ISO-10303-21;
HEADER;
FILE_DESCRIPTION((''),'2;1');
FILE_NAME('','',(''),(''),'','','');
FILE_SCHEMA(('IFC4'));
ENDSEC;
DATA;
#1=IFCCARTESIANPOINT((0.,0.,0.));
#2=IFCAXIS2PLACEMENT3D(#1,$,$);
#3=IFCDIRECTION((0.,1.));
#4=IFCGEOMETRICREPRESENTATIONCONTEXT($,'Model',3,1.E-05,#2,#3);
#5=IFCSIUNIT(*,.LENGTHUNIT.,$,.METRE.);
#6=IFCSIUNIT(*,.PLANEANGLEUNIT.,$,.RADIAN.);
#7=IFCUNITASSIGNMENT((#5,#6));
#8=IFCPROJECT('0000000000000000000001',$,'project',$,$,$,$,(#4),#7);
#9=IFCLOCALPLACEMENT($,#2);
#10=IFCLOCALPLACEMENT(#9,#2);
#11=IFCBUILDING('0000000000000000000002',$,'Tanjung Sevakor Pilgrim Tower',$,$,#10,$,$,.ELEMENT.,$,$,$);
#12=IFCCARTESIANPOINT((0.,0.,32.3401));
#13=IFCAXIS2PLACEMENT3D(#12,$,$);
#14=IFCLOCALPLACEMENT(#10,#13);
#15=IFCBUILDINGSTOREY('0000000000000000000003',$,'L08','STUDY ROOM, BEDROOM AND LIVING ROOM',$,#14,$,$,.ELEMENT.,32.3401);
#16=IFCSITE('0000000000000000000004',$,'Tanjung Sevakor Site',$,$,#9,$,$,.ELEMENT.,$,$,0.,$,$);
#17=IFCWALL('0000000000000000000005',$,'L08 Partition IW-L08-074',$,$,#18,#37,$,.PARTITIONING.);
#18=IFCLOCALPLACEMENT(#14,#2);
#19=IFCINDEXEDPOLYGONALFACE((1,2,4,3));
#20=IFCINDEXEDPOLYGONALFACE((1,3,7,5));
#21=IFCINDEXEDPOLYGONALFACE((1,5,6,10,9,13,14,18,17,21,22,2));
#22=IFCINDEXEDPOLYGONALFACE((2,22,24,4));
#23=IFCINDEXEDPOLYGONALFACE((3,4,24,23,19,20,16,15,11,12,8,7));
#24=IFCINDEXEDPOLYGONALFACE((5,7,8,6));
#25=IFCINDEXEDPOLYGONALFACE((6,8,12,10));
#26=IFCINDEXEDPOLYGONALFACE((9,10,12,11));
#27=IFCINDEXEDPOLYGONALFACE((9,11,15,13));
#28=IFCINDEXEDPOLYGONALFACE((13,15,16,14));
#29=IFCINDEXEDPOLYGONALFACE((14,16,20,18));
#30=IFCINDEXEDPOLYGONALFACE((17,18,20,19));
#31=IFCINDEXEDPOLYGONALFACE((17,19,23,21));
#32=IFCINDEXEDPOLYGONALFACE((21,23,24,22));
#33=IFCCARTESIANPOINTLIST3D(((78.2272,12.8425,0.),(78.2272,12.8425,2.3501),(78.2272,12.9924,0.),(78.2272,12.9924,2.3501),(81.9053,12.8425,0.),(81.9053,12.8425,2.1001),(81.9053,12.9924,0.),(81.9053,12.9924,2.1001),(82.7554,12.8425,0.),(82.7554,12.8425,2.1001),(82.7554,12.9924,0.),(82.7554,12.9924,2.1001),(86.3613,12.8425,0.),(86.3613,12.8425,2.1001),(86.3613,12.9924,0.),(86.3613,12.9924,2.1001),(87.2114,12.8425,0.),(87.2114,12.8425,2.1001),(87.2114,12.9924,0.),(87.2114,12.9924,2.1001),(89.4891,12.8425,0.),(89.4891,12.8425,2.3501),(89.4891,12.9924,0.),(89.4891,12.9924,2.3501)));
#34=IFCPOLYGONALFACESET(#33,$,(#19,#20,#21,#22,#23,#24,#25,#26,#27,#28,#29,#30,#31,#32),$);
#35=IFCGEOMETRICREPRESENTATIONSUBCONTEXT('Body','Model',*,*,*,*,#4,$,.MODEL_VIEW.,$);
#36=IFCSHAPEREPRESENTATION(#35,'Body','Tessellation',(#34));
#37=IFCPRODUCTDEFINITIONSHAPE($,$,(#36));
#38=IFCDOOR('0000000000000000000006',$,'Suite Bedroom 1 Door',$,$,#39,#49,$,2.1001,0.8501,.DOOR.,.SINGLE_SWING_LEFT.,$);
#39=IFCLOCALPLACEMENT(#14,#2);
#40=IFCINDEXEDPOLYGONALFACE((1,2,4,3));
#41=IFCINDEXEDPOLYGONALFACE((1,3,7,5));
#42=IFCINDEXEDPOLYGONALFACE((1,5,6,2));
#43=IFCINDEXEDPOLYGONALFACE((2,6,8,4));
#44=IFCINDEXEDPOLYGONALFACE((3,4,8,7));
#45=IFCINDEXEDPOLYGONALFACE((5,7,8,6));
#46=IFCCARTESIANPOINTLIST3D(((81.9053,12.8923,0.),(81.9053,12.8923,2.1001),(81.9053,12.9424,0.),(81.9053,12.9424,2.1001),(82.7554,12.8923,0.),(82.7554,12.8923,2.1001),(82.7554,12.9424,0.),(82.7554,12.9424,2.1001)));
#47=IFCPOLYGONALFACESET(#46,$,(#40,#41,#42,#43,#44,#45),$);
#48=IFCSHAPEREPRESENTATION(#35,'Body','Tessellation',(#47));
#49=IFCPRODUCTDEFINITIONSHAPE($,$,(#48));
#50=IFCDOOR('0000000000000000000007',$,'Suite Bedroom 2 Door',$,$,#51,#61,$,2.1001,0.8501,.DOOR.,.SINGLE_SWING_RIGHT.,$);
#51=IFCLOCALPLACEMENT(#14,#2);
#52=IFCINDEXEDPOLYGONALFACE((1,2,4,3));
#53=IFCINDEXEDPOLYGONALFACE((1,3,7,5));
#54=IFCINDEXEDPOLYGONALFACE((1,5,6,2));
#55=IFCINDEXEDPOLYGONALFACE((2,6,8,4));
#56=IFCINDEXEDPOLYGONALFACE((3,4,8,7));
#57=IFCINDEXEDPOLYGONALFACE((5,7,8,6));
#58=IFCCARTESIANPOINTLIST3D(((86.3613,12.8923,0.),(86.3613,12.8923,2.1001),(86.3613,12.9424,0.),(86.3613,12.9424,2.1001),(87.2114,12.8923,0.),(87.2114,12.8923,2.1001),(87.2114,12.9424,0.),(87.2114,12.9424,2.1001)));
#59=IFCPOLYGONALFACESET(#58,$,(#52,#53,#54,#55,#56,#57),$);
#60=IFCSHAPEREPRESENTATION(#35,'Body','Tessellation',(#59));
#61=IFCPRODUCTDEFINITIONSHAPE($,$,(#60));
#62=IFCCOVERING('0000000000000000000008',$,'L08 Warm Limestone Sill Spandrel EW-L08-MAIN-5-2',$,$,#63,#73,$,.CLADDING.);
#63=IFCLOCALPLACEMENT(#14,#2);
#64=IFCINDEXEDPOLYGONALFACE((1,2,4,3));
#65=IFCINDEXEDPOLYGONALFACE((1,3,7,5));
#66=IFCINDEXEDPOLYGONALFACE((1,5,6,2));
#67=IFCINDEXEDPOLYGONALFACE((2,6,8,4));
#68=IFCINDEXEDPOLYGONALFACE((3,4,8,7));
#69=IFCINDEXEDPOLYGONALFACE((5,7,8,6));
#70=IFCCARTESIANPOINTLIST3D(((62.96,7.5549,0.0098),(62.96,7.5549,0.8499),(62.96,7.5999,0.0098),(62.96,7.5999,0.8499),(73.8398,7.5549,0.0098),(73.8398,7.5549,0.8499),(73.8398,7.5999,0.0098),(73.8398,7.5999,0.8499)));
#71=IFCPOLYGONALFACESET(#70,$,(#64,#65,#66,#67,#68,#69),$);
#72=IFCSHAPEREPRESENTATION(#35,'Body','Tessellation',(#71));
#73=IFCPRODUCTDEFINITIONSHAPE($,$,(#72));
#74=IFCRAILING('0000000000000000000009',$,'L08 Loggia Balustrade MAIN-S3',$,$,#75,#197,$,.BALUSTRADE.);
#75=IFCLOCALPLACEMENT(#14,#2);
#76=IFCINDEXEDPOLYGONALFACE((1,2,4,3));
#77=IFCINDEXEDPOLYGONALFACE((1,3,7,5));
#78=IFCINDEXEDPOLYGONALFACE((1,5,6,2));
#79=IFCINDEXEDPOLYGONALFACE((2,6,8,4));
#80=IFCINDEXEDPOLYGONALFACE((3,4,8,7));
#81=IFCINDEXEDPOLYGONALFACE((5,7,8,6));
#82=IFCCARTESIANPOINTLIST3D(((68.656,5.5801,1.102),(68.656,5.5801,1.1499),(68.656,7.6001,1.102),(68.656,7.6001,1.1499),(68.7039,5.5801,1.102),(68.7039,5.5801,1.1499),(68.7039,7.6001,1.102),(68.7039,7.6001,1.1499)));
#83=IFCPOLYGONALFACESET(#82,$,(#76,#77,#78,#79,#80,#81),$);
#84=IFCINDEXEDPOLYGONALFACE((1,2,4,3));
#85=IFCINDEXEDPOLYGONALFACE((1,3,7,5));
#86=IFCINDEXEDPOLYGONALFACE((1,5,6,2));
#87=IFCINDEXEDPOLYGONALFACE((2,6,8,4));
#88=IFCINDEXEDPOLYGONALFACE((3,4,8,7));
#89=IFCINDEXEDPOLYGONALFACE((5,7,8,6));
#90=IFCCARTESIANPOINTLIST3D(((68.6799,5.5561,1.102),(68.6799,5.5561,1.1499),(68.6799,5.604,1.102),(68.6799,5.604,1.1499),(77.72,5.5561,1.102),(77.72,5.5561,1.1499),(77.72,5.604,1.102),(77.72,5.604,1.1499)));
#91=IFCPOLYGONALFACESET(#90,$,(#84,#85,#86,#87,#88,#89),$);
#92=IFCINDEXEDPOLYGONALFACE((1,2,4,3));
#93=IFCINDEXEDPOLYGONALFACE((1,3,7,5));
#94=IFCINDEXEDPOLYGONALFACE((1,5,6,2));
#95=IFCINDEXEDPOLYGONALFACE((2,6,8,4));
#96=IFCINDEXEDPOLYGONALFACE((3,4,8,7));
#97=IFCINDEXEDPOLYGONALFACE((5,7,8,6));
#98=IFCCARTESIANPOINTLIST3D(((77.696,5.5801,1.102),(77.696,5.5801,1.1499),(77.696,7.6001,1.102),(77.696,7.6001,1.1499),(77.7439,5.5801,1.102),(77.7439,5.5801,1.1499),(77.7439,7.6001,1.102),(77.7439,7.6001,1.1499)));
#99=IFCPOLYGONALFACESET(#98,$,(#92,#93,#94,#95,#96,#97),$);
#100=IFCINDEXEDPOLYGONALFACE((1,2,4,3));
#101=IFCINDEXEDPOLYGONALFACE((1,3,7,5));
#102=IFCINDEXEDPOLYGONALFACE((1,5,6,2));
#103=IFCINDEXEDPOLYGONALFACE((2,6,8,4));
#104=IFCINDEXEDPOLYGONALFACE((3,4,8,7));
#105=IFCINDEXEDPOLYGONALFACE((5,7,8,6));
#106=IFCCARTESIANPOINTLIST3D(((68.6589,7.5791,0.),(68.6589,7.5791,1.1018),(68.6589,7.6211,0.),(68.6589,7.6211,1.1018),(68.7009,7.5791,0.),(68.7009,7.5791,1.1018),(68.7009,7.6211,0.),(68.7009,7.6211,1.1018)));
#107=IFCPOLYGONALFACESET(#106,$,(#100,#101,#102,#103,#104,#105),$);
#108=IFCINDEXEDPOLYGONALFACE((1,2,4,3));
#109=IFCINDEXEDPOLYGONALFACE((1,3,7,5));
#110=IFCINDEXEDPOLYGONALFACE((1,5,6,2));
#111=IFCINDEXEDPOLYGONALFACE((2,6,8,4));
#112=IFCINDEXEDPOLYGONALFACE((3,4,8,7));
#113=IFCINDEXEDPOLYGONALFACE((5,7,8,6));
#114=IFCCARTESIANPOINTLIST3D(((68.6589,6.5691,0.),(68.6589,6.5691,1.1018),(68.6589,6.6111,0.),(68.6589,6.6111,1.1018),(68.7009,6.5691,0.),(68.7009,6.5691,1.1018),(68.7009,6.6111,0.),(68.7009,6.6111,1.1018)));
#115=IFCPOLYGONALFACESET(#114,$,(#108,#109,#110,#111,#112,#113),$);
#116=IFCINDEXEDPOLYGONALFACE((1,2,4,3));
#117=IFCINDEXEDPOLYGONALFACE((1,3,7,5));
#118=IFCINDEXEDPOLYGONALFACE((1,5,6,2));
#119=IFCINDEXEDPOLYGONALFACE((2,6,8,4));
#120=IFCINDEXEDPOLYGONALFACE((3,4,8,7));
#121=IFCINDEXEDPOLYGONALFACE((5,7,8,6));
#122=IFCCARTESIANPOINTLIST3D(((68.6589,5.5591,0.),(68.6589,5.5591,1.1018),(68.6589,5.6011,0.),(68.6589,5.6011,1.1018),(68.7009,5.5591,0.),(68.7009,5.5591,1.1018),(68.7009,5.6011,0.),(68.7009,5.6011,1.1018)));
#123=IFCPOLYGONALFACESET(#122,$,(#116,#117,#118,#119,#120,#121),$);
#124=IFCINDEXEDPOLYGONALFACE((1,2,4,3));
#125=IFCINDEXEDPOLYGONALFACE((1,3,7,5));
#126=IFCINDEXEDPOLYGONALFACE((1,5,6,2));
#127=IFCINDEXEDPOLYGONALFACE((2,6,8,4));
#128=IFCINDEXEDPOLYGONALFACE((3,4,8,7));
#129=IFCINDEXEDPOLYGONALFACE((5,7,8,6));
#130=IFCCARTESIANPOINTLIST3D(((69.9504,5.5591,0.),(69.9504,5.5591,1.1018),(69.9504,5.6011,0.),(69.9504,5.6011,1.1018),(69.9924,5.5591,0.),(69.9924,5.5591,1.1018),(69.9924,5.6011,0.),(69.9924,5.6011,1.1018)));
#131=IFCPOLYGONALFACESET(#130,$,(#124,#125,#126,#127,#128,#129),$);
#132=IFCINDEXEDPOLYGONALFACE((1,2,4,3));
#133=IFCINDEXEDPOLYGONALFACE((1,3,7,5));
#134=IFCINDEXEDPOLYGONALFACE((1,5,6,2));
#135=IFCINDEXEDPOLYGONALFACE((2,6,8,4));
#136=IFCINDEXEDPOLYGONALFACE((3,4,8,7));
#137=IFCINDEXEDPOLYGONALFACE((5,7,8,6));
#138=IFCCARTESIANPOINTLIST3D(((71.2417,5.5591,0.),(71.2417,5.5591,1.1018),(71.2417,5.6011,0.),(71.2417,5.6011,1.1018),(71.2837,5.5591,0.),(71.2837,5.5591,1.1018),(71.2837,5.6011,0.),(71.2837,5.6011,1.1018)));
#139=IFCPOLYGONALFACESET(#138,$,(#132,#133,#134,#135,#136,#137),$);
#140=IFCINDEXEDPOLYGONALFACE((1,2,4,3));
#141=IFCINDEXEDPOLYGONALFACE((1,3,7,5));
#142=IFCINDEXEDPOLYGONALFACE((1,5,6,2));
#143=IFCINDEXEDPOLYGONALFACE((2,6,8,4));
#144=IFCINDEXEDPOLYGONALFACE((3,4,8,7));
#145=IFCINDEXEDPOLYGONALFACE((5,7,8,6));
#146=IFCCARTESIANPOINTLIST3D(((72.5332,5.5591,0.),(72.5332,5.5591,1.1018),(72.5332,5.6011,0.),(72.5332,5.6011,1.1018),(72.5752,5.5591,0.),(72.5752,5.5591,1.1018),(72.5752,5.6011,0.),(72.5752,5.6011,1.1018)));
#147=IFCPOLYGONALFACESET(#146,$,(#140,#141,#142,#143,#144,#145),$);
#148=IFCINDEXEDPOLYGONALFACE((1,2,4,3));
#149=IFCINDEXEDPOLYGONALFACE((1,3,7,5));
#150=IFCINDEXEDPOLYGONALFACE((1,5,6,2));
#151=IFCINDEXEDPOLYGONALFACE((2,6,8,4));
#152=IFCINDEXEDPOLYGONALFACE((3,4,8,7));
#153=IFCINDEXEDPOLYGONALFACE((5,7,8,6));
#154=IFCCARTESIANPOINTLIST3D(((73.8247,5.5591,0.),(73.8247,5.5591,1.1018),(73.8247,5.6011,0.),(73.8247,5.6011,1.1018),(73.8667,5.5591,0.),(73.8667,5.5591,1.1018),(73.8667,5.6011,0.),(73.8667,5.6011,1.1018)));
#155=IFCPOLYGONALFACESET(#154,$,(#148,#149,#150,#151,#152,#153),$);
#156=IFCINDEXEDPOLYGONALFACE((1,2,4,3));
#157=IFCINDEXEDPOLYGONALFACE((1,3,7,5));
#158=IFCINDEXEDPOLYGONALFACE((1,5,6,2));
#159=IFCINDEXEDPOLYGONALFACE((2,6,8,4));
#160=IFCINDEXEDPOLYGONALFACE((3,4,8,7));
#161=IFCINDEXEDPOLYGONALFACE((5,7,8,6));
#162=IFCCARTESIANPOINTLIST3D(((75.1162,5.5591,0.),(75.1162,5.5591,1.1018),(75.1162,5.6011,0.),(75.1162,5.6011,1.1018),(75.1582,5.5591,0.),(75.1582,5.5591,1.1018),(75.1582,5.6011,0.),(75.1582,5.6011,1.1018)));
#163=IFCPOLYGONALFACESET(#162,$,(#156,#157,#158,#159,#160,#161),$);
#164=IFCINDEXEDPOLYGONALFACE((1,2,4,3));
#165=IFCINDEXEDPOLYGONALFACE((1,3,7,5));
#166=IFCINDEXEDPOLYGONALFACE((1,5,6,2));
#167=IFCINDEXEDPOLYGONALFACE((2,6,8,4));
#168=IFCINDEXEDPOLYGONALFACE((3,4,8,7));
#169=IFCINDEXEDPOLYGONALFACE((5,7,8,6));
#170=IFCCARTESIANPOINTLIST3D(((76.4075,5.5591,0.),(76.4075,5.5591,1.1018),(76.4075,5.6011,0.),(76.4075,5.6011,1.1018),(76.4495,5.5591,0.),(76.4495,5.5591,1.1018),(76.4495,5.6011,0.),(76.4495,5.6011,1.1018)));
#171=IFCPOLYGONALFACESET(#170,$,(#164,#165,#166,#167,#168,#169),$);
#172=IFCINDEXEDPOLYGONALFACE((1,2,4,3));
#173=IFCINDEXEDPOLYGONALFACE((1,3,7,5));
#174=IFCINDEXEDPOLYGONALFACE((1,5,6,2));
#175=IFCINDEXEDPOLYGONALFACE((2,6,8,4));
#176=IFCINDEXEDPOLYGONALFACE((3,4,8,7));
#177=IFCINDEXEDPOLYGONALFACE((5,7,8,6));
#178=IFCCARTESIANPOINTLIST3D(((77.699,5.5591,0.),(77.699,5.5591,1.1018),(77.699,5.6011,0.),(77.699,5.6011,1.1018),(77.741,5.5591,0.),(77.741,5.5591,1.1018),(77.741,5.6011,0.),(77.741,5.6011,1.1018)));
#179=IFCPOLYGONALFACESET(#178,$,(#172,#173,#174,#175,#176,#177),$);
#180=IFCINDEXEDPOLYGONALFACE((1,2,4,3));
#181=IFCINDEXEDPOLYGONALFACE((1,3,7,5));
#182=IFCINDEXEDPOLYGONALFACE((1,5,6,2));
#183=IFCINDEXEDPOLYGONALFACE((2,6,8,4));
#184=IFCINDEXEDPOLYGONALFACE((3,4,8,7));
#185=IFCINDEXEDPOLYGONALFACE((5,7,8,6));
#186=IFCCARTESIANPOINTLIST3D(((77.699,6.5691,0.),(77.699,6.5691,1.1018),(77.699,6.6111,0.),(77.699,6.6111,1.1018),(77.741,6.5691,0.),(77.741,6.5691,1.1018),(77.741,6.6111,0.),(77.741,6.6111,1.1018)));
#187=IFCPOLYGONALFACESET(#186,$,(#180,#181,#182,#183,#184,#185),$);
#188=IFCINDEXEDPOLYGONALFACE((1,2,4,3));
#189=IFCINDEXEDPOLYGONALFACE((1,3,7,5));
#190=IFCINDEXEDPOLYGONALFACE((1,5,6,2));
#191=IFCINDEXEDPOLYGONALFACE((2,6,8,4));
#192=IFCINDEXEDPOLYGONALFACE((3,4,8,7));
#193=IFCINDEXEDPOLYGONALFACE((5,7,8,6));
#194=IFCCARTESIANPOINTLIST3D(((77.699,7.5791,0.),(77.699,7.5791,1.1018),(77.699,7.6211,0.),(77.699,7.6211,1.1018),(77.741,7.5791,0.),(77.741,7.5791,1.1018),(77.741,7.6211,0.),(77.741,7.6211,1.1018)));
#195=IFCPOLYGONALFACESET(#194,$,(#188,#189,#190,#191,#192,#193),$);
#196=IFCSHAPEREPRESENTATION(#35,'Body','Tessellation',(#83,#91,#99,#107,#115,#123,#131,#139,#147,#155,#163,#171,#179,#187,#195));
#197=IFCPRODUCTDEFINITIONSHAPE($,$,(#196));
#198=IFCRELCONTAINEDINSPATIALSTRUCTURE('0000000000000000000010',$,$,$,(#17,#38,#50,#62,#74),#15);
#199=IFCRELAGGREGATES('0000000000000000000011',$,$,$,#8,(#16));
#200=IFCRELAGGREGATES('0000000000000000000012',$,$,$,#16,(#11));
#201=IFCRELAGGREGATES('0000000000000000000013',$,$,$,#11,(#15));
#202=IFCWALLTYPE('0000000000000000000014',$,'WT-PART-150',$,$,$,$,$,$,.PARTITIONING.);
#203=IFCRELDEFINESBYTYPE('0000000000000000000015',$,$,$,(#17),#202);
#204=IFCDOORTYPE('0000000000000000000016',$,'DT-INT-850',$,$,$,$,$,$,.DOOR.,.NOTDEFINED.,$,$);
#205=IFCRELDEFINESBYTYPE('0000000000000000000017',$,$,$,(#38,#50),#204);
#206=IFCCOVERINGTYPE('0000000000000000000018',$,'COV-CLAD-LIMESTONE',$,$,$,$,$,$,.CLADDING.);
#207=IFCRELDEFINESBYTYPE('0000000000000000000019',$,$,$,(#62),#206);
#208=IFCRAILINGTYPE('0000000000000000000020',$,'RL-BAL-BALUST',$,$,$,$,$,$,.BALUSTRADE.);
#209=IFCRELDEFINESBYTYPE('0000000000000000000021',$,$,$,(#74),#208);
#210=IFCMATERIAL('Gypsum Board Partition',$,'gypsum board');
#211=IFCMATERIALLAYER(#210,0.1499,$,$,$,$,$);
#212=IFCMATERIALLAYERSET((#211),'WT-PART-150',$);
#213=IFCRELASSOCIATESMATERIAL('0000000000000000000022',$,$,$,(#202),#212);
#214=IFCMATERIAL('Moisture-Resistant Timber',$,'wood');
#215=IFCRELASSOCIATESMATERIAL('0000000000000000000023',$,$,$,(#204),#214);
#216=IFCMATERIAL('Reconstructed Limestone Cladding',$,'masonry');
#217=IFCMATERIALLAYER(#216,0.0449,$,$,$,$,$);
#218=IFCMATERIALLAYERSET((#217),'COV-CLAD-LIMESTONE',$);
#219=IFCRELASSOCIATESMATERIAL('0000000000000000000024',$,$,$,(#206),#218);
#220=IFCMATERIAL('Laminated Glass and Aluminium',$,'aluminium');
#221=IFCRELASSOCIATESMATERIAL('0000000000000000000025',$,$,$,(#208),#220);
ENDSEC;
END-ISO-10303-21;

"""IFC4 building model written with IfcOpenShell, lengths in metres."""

from ifc_helpers import new_model, si_unit, direction, frame, frame_2d, origin, origin_2d, place, context, subcontext, project, spatial, rectangle, extrude, material, layer, layer_set, type_object, element, fill, save


model = new_model("IFC4")

# Units and contexts
model_context = context("Model", 3, precision=1e-05, world=origin(), true_north=direction((0.0, 1.0)))
body_context = subcontext(model_context, "Body", "Model", "MODEL_VIEW")
ifc_project = project(units=[si_unit("LENGTHUNIT", "METRE"), si_unit("PLANEANGLEUNIT", "RADIAN")], contexts=[model_context])

# Site, building, storey
site_placement = place(None, origin())
site = spatial("IfcSite", under=ifc_project, at=site_placement, Name="Tanjung Sevakor Site", CompositionType="ELEMENT", RefElevation=0.0)
building_placement = place(site_placement, origin())
building = spatial("IfcBuilding", under=site, at=building_placement, Name="Tanjung Sevakor Pilgrim Tower", CompositionType="ELEMENT")
storey_placement = place(building_placement, frame((0.0, 0.0, 32.3401)))
storey = spatial("IfcBuildingStorey", under=building, at=storey_placement, Name="L08", Description="STUDY ROOM, BEDROOM AND LIVING ROOM", CompositionType="ELEMENT", Elevation=32.3401)

# Shared definitions
ifc_material_1 = material(Name="Gypsum Board Partition", Category="gypsum board")
ifc_layer_1 = layer(ifc_material_1, 0.1499)
ifc_layer_set_1 = layer_set([ifc_layer_1], Name="WT-PART-150")
wall_type_1 = type_object("IfcWallType", Name="WT-PART-150", PredefinedType="PARTITIONING", material=ifc_layer_set_1)

# Wall, openings, doors
wall_1_placement = place(storey_placement, frame((78.2273, 12.9175, 0.0), z_axis=(0.0, 0.0, 1.0), x_axis=(1.0, 0.0, 0.0)))
wall_1 = element("IfcWall", 1, at=wall_1_placement, inside=storey, type_object=wall_type_1, Name="L08 Partition IW-L08-074", PredefinedType="PARTITIONING", context=body_context, shape_type="SweptSolid", body=[
    extrude(rectangle(XDim=11.262, YDim=0.1499, at=frame_2d((5.6309, 0.0))), origin(), (0.0, 0.0, 1.0), 2.3501),
])
opening_1_placement = place(wall_1_placement, frame((3.678, 0.0, 0.0)))
opening_1 = element("IfcOpeningElement", 2, at=opening_1_placement, cuts=wall_1, PredefinedType="OPENING", context=body_context, shape_type="SweptSolid", body=[
    extrude(rectangle(XDim=0.8501, YDim=2.1001, at=frame_2d((0.425, 1.05))), frame((0.0, 0.085, 0.0), z_axis=(0.0, -1.0, 0.0), x_axis=(1.0, 0.0, 0.0)), (0.0, 0.0, 1.0), 0.1699),
])
opening_2_placement = place(wall_1_placement, frame((8.134, 0.0, 0.0)))
opening_2 = element("IfcOpeningElement", 3, at=opening_2_placement, cuts=wall_1, PredefinedType="OPENING", context=body_context, shape_type="SweptSolid", body=[
    extrude(rectangle(XDim=0.8501, YDim=2.1001, at=frame_2d((0.425, 1.05))), frame((0.0, 0.085, 0.0), z_axis=(0.0, -1.0, 0.0), x_axis=(1.0, 0.0, 0.0)), (0.0, 0.0, 1.0), 0.1699),
])
ifc_material_2 = material(Name="Moisture-Resistant Timber", Category="wood")
door_type_1 = type_object("IfcDoorType", Name="DT-INT-850", OperationType="NOTDEFINED", PredefinedType="DOOR", material=ifc_material_2)
door_1_placement = place(opening_1_placement, origin())
door_1 = element("IfcDoor", 4, at=door_1_placement, inside=storey, type_object=door_type_1, Name="Suite Bedroom 1 Door", OperationType="SINGLE_SWING_LEFT", OverallHeight=2.1001, OverallWidth=0.8501, PredefinedType="DOOR", context=body_context, shape_type="SweptSolid", body=[
    extrude(rectangle(XDim=0.8501, YDim=2.1001, at=frame_2d((0.425, 1.05))), frame((0.0, 0.0249, 0.0), z_axis=(0.0, -1.0, 0.0), x_axis=(1.0, 0.0, 0.0)), (0.0, 0.0, 1.0), 0.05),
])
fill(opening_1, door_1)
door_2_placement = place(opening_2_placement, origin())
door_2 = element("IfcDoor", 5, at=door_2_placement, inside=storey, type_object=door_type_1, Name="Suite Bedroom 2 Door", OperationType="SINGLE_SWING_RIGHT", OverallHeight=2.1001, OverallWidth=0.8501, PredefinedType="DOOR", context=body_context, shape_type="SweptSolid", body=[
    extrude(rectangle(XDim=0.8501, YDim=2.1001, at=frame_2d((0.425, 1.05))), frame((0.0, 0.0249, 0.0), z_axis=(0.0, -1.0, 0.0), x_axis=(1.0, 0.0, 0.0)), (0.0, 0.0, 1.0), 0.05),
])
fill(opening_2, door_2)

# Covering
ifc_material_3 = material(Name="Reconstructed Limestone Cladding", Category="masonry")
ifc_layer_2 = layer(ifc_material_3, 0.0449)
ifc_layer_set_2 = layer_set([ifc_layer_2], Name="COV-CLAD-LIMESTONE")
covering_type = type_object("IfcCoveringType", Name="COV-CLAD-LIMESTONE", PredefinedType="CLADDING", material=ifc_layer_set_2)
covering_placement = place(storey_placement, frame((68.3999, 7.5774, 0.0098), z_axis=(0.0, 0.0, 1.0), x_axis=(1.0, 0.0, 0.0)))
element("IfcCovering", 6, at=covering_placement, inside=storey, type_object=covering_type, Name="L08 Warm Limestone Sill Spandrel EW-L08-MAIN-5-2", PredefinedType="CLADDING", context=body_context, shape_type="SweptSolid", body=[
    extrude(rectangle(XDim=10.8799, YDim=0.0449, at=origin_2d()), origin(), (0.0, 0.0, 1.0), 0.8401),
])

# Railing
ifc_material_4 = material(Name="Laminated Glass and Aluminium", Category="aluminium")
railing_type = type_object("IfcRailingType", Name="RL-BAL-BALUST", PredefinedType="BALUSTRADE", material=ifc_material_4)
railing_placement = place(storey_placement, frame((68.6799, 7.6001, 0.0)))
element("IfcRailing", 7, at=railing_placement, inside=storey, type_object=railing_type, Name="L08 Loggia Balustrade MAIN-S3", PredefinedType="BALUSTRADE", context=body_context, shape_type="SweptSolid", body=[
    extrude(rectangle(XDim=0.0479, YDim=0.0479), frame((0.0, 0.0, 1.126), z_axis=(0.0, -1.0, 0.0), x_axis=(1.0, 0.0, 0.0)), (0.0, 0.0, 1.0), 2.02),
    extrude(rectangle(XDim=0.0479, YDim=0.0479), frame((0.0, -2.02, 1.126), z_axis=(1.0, 0.0, 0.0), x_axis=(0.0, 1.0, 0.0)), (0.0, 0.0, 1.0), 9.04),
    extrude(rectangle(XDim=0.0479, YDim=0.0479), frame((9.04, -2.02, 1.126), z_axis=(0.0, 1.0, 0.0), x_axis=(-1.0, 0.0, 0.0)), (0.0, 0.0, 1.0), 2.02),
    extrude(rectangle(XDim=0.042, YDim=0.042), origin(), (0.0, 0.0, 1.0), 1.1018),
    extrude(rectangle(XDim=0.042, YDim=0.042), frame((0.0, -1.01, 0.0)), (0.0, 0.0, 1.0), 1.1018),
    extrude(rectangle(XDim=0.042, YDim=0.042), frame((0.0, -2.02, 0.0)), (0.0, 0.0, 1.0), 1.1018),
    extrude(rectangle(XDim=0.042, YDim=0.042), frame((1.2915, -2.02, 0.0)), (0.0, 0.0, 1.0), 1.1018),
    extrude(rectangle(XDim=0.042, YDim=0.042), frame((2.5828, -2.02, 0.0)), (0.0, 0.0, 1.0), 1.1018),
    extrude(rectangle(XDim=0.042, YDim=0.042), frame((3.8743, -2.02, 0.0)), (0.0, 0.0, 1.0), 1.1018),
    extrude(rectangle(XDim=0.042, YDim=0.042), frame((5.1658, -2.02, 0.0)), (0.0, 0.0, 1.0), 1.1018),
    extrude(rectangle(XDim=0.042, YDim=0.042), frame((6.4573, -2.02, 0.0)), (0.0, 0.0, 1.0), 1.1018),
    extrude(rectangle(XDim=0.042, YDim=0.042), frame((7.7485, -2.02, 0.0)), (0.0, 0.0, 1.0), 1.1018),
    extrude(rectangle(XDim=0.042, YDim=0.042), frame((9.04, -2.02, 0.0)), (0.0, 0.0, 1.0), 1.1018),
    extrude(rectangle(XDim=0.042, YDim=0.042), frame((9.04, -1.01, 0.0)), (0.0, 0.0, 1.0), 1.1018),
    extrude(rectangle(XDim=0.042, YDim=0.042), frame((9.04, 0.0, 0.0)), (0.0, 0.0, 1.0), 1.1018),
])

save(model, "model.ifc")
